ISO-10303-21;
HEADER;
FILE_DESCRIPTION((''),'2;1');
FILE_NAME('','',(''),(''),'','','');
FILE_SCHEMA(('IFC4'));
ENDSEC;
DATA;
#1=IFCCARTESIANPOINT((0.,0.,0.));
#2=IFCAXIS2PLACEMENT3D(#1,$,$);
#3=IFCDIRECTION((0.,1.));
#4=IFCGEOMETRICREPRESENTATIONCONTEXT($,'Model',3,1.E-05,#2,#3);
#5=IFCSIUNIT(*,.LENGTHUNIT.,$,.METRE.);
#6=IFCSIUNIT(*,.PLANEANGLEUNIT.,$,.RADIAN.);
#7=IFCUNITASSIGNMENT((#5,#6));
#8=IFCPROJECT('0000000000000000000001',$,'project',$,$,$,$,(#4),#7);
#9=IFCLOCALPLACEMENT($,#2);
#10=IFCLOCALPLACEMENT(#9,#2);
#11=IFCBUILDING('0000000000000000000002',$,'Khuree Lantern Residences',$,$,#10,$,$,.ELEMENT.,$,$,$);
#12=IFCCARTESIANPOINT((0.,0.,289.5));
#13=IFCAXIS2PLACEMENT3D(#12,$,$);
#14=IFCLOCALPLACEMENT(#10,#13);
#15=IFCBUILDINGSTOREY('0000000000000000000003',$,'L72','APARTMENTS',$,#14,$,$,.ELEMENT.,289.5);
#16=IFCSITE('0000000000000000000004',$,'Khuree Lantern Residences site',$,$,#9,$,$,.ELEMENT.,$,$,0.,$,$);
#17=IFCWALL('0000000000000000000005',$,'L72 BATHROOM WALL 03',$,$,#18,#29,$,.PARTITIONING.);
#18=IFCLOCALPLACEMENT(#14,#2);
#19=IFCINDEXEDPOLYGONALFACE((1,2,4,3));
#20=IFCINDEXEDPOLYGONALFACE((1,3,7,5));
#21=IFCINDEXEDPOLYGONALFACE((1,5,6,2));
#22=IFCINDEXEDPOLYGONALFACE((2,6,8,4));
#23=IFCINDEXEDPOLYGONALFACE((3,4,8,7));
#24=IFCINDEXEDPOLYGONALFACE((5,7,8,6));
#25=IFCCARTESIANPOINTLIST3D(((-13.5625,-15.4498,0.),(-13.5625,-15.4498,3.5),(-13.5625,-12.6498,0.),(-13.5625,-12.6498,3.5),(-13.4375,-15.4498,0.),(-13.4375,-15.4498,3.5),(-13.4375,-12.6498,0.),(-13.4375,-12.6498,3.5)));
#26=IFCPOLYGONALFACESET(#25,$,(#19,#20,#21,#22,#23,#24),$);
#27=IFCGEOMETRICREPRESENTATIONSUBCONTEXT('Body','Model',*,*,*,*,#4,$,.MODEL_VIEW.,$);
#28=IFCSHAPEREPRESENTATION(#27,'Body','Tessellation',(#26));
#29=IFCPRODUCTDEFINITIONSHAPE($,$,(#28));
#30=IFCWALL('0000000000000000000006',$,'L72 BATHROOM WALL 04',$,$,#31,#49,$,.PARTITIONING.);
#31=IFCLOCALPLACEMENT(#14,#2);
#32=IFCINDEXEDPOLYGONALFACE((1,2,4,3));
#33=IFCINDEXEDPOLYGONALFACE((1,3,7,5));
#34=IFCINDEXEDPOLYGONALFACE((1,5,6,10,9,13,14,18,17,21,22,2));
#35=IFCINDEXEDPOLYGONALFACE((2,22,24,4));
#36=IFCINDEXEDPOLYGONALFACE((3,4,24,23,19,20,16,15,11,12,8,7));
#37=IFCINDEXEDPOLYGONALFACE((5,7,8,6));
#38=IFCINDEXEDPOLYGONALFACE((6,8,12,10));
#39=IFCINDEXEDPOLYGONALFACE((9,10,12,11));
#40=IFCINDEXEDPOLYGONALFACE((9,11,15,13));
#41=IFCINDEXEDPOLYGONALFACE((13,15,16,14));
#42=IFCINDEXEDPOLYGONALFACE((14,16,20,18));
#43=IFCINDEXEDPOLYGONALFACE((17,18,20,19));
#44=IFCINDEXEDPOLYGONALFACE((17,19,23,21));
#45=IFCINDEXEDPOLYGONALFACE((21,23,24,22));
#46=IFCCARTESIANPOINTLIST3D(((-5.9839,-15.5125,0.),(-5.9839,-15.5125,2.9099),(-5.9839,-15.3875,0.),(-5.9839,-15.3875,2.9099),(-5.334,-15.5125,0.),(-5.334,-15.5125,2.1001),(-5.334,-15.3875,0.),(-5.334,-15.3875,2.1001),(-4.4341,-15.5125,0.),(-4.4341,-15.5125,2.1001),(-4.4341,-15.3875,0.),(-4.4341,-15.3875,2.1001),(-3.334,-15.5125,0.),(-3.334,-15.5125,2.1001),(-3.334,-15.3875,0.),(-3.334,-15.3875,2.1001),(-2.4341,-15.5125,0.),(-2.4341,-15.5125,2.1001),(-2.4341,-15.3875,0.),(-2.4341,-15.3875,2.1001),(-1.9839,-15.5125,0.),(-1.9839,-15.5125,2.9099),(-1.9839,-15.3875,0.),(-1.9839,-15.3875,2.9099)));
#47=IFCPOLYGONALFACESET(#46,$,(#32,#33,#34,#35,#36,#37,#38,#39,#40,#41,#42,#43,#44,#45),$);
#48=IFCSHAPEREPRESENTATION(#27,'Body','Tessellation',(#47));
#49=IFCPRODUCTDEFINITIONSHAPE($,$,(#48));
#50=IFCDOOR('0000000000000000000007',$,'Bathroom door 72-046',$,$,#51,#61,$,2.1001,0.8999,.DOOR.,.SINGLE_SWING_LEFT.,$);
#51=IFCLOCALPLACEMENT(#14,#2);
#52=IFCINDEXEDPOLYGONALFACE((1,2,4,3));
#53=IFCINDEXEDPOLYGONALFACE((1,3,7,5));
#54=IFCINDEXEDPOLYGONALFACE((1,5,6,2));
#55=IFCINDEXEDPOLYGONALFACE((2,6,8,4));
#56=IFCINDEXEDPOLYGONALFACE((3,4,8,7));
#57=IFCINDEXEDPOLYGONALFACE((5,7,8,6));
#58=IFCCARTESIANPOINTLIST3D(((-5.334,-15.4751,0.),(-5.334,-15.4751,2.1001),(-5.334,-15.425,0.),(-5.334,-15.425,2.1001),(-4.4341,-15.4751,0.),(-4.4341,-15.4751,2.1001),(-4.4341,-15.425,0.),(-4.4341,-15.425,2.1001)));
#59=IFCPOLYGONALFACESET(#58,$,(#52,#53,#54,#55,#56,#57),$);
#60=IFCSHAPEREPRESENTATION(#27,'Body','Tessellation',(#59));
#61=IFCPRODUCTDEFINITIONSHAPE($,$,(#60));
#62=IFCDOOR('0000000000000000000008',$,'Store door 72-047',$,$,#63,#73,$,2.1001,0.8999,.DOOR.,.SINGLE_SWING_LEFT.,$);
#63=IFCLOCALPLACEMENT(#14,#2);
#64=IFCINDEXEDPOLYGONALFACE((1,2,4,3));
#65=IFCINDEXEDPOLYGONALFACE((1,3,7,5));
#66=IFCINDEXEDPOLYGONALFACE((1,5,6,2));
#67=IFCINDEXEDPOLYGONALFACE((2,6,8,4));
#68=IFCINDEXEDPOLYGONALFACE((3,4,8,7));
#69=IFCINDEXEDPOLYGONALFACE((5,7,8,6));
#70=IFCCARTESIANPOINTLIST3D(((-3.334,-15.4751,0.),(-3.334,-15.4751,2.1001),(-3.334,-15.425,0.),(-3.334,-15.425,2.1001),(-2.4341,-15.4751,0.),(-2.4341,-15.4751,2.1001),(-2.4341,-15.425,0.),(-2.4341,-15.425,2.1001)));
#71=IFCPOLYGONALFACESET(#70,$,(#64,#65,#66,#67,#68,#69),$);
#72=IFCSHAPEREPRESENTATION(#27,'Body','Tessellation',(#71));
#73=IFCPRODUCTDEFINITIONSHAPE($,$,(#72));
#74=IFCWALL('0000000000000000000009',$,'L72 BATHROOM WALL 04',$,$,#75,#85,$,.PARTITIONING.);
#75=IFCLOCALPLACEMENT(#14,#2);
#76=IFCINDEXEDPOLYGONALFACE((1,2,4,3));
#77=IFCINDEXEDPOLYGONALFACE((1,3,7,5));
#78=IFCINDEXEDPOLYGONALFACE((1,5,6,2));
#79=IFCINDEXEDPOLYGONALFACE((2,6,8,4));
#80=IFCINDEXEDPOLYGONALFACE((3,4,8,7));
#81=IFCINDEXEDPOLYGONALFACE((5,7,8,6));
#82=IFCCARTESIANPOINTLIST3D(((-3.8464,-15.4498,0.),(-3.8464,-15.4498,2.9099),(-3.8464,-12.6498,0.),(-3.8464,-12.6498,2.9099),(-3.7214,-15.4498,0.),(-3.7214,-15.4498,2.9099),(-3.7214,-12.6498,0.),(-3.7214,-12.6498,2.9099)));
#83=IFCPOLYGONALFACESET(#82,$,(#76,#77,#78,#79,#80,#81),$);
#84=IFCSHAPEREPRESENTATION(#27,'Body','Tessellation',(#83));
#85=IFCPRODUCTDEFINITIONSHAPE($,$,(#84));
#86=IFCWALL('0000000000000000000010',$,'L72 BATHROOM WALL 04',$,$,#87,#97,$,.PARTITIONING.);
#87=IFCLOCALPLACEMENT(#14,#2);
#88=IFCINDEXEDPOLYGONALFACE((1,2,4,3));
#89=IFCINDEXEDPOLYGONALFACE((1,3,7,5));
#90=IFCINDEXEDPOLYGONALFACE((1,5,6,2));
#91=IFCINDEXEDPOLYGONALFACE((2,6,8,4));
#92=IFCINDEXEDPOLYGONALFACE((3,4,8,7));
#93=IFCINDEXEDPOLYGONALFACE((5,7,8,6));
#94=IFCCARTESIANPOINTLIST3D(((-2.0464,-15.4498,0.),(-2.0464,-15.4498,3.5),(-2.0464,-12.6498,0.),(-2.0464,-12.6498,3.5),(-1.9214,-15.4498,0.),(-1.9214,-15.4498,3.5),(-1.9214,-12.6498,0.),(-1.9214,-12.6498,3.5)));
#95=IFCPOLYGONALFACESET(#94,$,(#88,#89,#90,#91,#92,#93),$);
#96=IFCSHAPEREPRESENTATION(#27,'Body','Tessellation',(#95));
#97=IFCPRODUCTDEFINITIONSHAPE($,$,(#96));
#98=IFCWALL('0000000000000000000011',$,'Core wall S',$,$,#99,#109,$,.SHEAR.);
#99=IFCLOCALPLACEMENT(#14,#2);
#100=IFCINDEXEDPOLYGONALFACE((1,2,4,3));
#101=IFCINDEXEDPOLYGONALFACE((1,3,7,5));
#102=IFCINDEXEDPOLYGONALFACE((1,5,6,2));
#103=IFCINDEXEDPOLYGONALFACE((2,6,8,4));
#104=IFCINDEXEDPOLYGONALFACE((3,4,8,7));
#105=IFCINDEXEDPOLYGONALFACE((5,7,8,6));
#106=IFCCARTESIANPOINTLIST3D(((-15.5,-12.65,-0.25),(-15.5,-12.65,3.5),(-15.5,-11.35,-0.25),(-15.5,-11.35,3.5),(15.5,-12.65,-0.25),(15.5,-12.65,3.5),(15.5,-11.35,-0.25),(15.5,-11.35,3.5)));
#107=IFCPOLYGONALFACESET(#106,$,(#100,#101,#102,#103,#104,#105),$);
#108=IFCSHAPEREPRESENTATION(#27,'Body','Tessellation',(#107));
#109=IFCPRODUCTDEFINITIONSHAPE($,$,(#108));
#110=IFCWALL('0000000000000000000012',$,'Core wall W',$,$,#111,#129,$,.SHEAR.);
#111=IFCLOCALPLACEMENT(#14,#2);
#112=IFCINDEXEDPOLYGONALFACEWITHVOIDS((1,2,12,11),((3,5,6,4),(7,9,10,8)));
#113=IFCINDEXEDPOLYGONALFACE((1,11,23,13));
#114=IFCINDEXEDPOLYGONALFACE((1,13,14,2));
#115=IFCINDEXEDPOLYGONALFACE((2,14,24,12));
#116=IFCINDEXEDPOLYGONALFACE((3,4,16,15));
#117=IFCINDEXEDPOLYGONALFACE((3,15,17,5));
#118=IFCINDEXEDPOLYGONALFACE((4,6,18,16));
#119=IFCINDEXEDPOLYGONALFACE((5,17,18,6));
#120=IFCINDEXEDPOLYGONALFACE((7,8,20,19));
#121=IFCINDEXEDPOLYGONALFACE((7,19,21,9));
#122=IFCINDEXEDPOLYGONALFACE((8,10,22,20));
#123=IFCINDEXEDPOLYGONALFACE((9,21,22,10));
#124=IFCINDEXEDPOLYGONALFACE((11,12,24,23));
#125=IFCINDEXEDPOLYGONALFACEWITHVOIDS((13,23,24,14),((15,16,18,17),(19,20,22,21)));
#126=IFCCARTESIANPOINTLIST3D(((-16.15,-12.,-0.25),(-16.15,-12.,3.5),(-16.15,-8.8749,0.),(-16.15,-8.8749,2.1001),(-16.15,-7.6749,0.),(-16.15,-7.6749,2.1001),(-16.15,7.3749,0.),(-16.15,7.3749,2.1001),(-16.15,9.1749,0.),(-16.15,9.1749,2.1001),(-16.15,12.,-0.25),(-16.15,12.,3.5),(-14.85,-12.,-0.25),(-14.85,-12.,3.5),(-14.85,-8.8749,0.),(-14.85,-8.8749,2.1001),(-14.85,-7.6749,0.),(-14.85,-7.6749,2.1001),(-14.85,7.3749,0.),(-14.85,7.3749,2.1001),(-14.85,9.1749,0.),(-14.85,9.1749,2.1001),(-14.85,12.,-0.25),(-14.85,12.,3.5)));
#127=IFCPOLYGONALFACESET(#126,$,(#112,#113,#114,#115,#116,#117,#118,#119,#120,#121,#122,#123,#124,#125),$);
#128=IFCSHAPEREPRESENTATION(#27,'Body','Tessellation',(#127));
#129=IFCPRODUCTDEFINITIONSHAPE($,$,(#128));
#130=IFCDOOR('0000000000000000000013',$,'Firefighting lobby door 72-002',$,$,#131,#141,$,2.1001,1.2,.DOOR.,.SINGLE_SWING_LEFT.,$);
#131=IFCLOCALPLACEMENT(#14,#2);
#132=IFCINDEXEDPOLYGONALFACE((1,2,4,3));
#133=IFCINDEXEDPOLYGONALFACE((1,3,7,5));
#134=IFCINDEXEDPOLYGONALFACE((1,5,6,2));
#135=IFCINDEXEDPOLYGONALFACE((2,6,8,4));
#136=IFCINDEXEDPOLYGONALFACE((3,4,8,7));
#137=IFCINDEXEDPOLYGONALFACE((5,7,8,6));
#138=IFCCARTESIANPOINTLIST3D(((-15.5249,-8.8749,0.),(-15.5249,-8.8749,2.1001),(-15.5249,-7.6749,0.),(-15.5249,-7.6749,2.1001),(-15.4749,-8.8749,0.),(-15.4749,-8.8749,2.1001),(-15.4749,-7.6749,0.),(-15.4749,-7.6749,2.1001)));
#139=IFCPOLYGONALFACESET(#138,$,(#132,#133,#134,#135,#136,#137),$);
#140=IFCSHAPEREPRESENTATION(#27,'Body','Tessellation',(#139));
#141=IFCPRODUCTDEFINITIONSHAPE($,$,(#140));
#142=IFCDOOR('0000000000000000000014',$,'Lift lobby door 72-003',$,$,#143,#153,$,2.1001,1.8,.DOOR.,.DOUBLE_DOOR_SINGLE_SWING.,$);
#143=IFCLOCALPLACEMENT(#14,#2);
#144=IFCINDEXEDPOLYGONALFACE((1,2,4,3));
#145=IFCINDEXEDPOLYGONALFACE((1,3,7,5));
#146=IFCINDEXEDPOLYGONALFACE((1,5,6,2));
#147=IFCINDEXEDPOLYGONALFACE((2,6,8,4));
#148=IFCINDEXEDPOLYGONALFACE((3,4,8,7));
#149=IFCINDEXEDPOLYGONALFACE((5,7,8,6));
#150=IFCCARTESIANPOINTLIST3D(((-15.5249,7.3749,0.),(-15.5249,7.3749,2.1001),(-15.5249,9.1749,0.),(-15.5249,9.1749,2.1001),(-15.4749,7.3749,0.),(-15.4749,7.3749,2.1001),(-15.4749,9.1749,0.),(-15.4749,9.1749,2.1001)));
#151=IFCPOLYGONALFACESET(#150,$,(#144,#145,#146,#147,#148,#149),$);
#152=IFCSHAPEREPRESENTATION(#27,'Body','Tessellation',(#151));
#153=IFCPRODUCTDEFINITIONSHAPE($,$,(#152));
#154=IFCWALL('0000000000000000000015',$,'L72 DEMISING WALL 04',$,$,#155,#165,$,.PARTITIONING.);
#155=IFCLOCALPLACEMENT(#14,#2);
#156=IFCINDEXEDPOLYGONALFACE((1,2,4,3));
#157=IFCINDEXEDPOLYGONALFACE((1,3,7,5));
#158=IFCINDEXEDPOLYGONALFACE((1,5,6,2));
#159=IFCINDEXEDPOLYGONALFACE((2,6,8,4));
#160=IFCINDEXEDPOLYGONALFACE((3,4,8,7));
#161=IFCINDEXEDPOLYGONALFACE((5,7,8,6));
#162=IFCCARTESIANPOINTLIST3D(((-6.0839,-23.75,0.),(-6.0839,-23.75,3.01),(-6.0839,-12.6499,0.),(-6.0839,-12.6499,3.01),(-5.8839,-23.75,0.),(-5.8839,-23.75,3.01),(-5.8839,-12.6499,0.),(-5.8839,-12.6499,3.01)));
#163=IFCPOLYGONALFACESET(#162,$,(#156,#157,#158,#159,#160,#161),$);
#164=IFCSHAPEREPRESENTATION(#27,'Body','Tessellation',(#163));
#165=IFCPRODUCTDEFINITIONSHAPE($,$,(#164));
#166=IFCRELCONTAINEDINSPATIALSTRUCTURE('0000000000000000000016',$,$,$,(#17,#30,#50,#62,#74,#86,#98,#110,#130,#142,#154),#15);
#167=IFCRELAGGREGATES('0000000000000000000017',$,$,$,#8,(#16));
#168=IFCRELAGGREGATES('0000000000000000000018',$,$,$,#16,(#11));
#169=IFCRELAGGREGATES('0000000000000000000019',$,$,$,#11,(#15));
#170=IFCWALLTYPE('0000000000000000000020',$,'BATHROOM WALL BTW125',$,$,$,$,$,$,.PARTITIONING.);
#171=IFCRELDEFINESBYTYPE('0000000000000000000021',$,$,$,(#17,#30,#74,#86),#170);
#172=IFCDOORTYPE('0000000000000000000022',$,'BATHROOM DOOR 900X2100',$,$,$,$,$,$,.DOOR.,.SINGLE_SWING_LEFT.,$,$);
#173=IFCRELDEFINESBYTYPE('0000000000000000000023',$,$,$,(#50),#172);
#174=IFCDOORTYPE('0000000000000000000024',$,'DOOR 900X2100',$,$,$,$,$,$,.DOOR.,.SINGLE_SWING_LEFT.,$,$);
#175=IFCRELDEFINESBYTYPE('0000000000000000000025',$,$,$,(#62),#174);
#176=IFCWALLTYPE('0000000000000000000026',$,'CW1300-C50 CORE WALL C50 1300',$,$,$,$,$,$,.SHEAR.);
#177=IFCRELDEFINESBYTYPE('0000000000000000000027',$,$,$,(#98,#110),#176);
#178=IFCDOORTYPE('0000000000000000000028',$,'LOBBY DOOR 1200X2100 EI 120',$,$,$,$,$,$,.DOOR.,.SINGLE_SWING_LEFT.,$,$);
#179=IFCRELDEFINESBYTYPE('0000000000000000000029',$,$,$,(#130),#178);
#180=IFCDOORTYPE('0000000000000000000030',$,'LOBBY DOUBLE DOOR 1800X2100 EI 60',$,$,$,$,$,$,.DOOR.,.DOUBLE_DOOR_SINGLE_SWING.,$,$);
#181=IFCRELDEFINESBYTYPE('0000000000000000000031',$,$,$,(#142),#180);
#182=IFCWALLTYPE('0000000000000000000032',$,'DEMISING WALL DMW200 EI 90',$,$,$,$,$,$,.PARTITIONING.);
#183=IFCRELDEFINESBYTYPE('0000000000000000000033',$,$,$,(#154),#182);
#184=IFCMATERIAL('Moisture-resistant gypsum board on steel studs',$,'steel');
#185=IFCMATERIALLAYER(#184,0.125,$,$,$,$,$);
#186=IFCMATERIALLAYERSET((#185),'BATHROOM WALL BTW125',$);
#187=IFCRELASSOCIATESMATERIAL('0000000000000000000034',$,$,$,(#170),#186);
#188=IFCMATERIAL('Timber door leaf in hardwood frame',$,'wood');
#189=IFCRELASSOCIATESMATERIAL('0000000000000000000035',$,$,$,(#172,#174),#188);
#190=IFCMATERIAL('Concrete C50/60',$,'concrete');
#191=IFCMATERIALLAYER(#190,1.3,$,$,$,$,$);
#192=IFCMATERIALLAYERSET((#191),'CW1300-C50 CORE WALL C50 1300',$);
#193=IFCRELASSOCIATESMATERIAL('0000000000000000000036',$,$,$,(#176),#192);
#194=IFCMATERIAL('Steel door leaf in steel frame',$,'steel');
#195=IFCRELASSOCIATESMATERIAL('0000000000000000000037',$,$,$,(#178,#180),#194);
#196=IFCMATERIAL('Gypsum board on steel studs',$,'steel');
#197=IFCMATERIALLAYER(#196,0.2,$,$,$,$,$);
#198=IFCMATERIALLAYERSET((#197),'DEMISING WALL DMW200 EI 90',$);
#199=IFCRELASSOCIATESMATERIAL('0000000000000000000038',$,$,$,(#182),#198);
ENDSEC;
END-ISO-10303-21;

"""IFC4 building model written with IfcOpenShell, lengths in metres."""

from ifc_helpers import new_model, si_unit, direction, frame, frame_2d, origin, place, context, subcontext, project, spatial, rectangle, extrude, material, layer, layer_set, type_object, element, fill, save


model = new_model("IFC4")

# Units and contexts
model_context = context("Model", 3, precision=1e-05, world=origin(), true_north=direction((0.0, 1.0)))
body_context = subcontext(model_context, "Body", "Model", "MODEL_VIEW")
ifc_project = project(units=[si_unit("LENGTHUNIT", "METRE"), si_unit("PLANEANGLEUNIT", "RADIAN")], contexts=[model_context])

# Site, building, storey
site_placement = place(None, origin())
site = spatial("IfcSite", under=ifc_project, at=site_placement, Name="Khuree Lantern Residences site", CompositionType="ELEMENT", RefElevation=0.0)
building_placement = place(site_placement, origin())
building = spatial("IfcBuilding", under=site, at=building_placement, Name="Khuree Lantern Residences", CompositionType="ELEMENT")
storey_placement = place(building_placement, frame((0.0, 0.0, 289.5)))
storey = spatial("IfcBuildingStorey", under=building, at=storey_placement, Name="L72", Description="APARTMENTS", CompositionType="ELEMENT", Elevation=289.5)

# Wall
ifc_material_1 = material(Name="Moisture-resistant gypsum board on steel studs", Category="steel")
ifc_layer_1 = layer(ifc_material_1, 0.125)
ifc_layer_set_1 = layer_set([ifc_layer_1], Name="BATHROOM WALL BTW125")
wall_type_1 = type_object("IfcWallType", Name="BATHROOM WALL BTW125", PredefinedType="PARTITIONING", material=ifc_layer_set_1)
wall_1_placement = place(storey_placement, frame((-13.5, -12.6499, 0.0), z_axis=(0.0, 0.0, 1.0), x_axis=(0.0, -1.0, 0.0)))
element("IfcWall", 1, at=wall_1_placement, inside=storey, type_object=wall_type_1, Name="L72 BATHROOM WALL 03", PredefinedType="PARTITIONING", context=body_context, shape_type="SweptSolid", body=[
    extrude(rectangle(XDim=2.8, YDim=0.125, at=frame_2d((1.3999, 0.0))), origin(), (0.0, 0.0, 1.0), 3.5),
])

# Wall, openings, doors
wall_2_placement = place(storey_placement, frame((-5.9839, -15.45, 0.0), z_axis=(0.0, 0.0, 1.0), x_axis=(1.0, 0.0, 0.0)))
wall_2 = element("IfcWall", 2, at=wall_2_placement, inside=storey, type_object=wall_type_1, Name="L72 BATHROOM WALL 04", PredefinedType="PARTITIONING", context=body_context, shape_type="SweptSolid", body=[
    extrude(rectangle(XDim=4.0, YDim=0.125, at=frame_2d((2.0, 0.0))), origin(), (0.0, 0.0, 1.0), 2.9099),
])
opening_1_placement = place(wall_2_placement, frame((0.6499, 0.0, 0.0)))
opening_1 = element("IfcOpeningElement", 3, at=opening_1_placement, cuts=wall_2, PredefinedType="OPENING", context=body_context, shape_type="SweptSolid", body=[
    extrude(rectangle(XDim=0.8999, YDim=2.1001, at=frame_2d((0.45, 1.05))), frame((0.0, 0.0725, 0.0), z_axis=(0.0, -1.0, 0.0), x_axis=(1.0, 0.0, 0.0)), (0.0, 0.0, 1.0), 0.145),
])
opening_2_placement = place(wall_2_placement, frame((2.6499, 0.0, 0.0)))
opening_2 = element("IfcOpeningElement", 4, at=opening_2_placement, cuts=wall_2, PredefinedType="OPENING", context=body_context, shape_type="SweptSolid", body=[
    extrude(rectangle(XDim=0.8999, YDim=2.1001, at=frame_2d((0.45, 1.05))), frame((0.0, 0.0725, 0.0), z_axis=(0.0, -1.0, 0.0), x_axis=(1.0, 0.0, 0.0)), (0.0, 0.0, 1.0), 0.145),
])
ifc_material_2 = material(Name="Timber door leaf in hardwood frame", Category="wood")
door_type_1 = type_object("IfcDoorType", Name="BATHROOM DOOR 900X2100", OperationType="SINGLE_SWING_LEFT", PredefinedType="DOOR", material=ifc_material_2)
door_1_placement = place(opening_1_placement, origin())
door_1 = element("IfcDoor", 5, at=door_1_placement, inside=storey, type_object=door_type_1, Name="Bathroom door 72-046", OperationType="SINGLE_SWING_LEFT", OverallHeight=2.1001, OverallWidth=0.8999, PredefinedType="DOOR", context=body_context, shape_type="SweptSolid", body=[
    extrude(rectangle(XDim=0.8999, YDim=2.1001, at=frame_2d((0.45, 1.05))), frame((0.0, 0.0249, 0.0), z_axis=(0.0, -1.0, 0.0), x_axis=(1.0, 0.0, 0.0)), (0.0, 0.0, 1.0), 0.05),
])
fill(opening_1, door_1)
door_type_2 = type_object("IfcDoorType", Name="DOOR 900X2100", OperationType="SINGLE_SWING_LEFT", PredefinedType="DOOR", material=ifc_material_2)
door_2_placement = place(opening_2_placement, origin())
door_2 = element("IfcDoor", 6, at=door_2_placement, inside=storey, type_object=door_type_2, Name="Store door 72-047", OperationType="SINGLE_SWING_LEFT", OverallHeight=2.1001, OverallWidth=0.8999, PredefinedType="DOOR", context=body_context, shape_type="SweptSolid", body=[
    extrude(rectangle(XDim=0.8999, YDim=2.1001, at=frame_2d((0.45, 1.05))), frame((0.0, 0.0249, 0.0), z_axis=(0.0, -1.0, 0.0), x_axis=(1.0, 0.0, 0.0)), (0.0, 0.0, 1.0), 0.05),
])
fill(opening_2, door_2)

# Walls
wall_3_placement = place(storey_placement, frame((-3.7839, -12.6499, 0.0), z_axis=(0.0, 0.0, 1.0), x_axis=(0.0, -1.0, 0.0)))
element("IfcWall", 7, at=wall_3_placement, inside=storey, type_object=wall_type_1, Name="L72 BATHROOM WALL 04", PredefinedType="PARTITIONING", context=body_context, shape_type="SweptSolid", body=[
    extrude(rectangle(XDim=2.8, YDim=0.125, at=frame_2d((1.3999, 0.0))), origin(), (0.0, 0.0, 1.0), 2.9099),
])
wall_4_placement = place(storey_placement, frame((-1.9839, -12.6499, 0.0), z_axis=(0.0, 0.0, 1.0), x_axis=(0.0, -1.0, 0.0)))
element("IfcWall", 8, at=wall_4_placement, inside=storey, type_object=wall_type_1, Name="L72 BATHROOM WALL 04", PredefinedType="PARTITIONING", context=body_context, shape_type="SweptSolid", body=[
    extrude(rectangle(XDim=2.8, YDim=0.125, at=frame_2d((1.3999, 0.0))), origin(), (0.0, 0.0, 1.0), 3.5),
])
ifc_material_3 = material(Name="Concrete C50/60", Category="concrete")
ifc_layer_2 = layer(ifc_material_3, 1.3)
ifc_layer_set_2 = layer_set([ifc_layer_2], Name="CW1300-C50 CORE WALL C50 1300")
wall_type_2 = type_object("IfcWallType", Name="CW1300-C50 CORE WALL C50 1300", PredefinedType="SHEAR", material=ifc_layer_set_2)
wall_5_placement = place(storey_placement, frame((-15.5, -12.0, -0.25), z_axis=(0.0, 0.0, 1.0), x_axis=(1.0, 0.0, 0.0)))
element("IfcWall", 9, at=wall_5_placement, inside=storey, type_object=wall_type_2, Name="Core wall S", PredefinedType="SHEAR", context=body_context, shape_type="SweptSolid", body=[
    extrude(rectangle(XDim=31.0, YDim=1.3, at=frame_2d((15.5, 0.0))), origin(), (0.0, 0.0, 1.0), 3.75),
])

# Wall, openings, doors
wall_6_placement = place(storey_placement, frame((-15.5, -12.0, -0.25), z_axis=(0.0, 0.0, 1.0), x_axis=(0.0, 1.0, 0.0)))
wall_6 = element("IfcWall", 10, at=wall_6_placement, inside=storey, type_object=wall_type_2, Name="Core wall W", PredefinedType="SHEAR", context=body_context, shape_type="SweptSolid", body=[
    extrude(rectangle(XDim=24.0, YDim=1.3, at=frame_2d((12.0, 0.0))), origin(), (0.0, 0.0, 1.0), 3.75),
])
opening_3_placement = place(wall_6_placement, frame((3.125, 0.0, 0.25)))
opening_3 = element("IfcOpeningElement", 11, at=opening_3_placement, cuts=wall_6, PredefinedType="OPENING", context=body_context, shape_type="SweptSolid", body=[
    extrude(rectangle(XDim=1.2, YDim=2.1001, at=frame_2d((0.6001, 1.05))), frame((0.0, 0.6602, 0.0), z_axis=(0.0, -1.0, 0.0), x_axis=(1.0, 0.0, 0.0)), (0.0, 0.0, 1.0), 1.3201),
])
opening_4_placement = place(wall_6_placement, frame((19.375, 0.0, 0.25)))
opening_4 = element("IfcOpeningElement", 12, at=opening_4_placement, cuts=wall_6, PredefinedType="OPENING", context=body_context, shape_type="SweptSolid", body=[
    extrude(rectangle(XDim=1.8, YDim=2.1001, at=frame_2d((0.8999, 1.05))), frame((0.0, 0.6602, 0.0), z_axis=(0.0, -1.0, 0.0), x_axis=(1.0, 0.0, 0.0)), (0.0, 0.0, 1.0), 1.3201),
])
ifc_material_4 = material(Name="Steel door leaf in steel frame", Category="steel")
door_type_3 = type_object("IfcDoorType", Name="LOBBY DOOR 1200X2100 EI 120", OperationType="SINGLE_SWING_LEFT", PredefinedType="DOOR", material=ifc_material_4)
door_3_placement = place(opening_3_placement, origin())
door_3 = element("IfcDoor", 13, at=door_3_placement, inside=storey, type_object=door_type_3, Name="Firefighting lobby door 72-002", OperationType="SINGLE_SWING_LEFT", OverallHeight=2.1001, OverallWidth=1.2, PredefinedType="DOOR", context=body_context, shape_type="SweptSolid", body=[
    extrude(rectangle(XDim=1.2, YDim=2.1001, at=frame_2d((0.6001, 1.05))), frame((0.0, 0.0249, 0.0), z_axis=(0.0, -1.0, 0.0), x_axis=(1.0, 0.0, 0.0)), (0.0, 0.0, 1.0), 0.05),
])
fill(opening_3, door_3)
door_type_4 = type_object("IfcDoorType", Name="LOBBY DOUBLE DOOR 1800X2100 EI 60", OperationType="DOUBLE_DOOR_SINGLE_SWING", PredefinedType="DOOR", material=ifc_material_4)
door_4_placement = place(opening_4_placement, origin())
door_4 = element("IfcDoor", 14, at=door_4_placement, inside=storey, type_object=door_type_4, Name="Lift lobby door 72-003", OperationType="DOUBLE_DOOR_SINGLE_SWING", OverallHeight=2.1001, OverallWidth=1.8, PredefinedType="DOOR", context=body_context, shape_type="SweptSolid", body=[
    extrude(rectangle(XDim=1.8, YDim=2.1001, at=frame_2d((0.8999, 1.05))), frame((0.0, 0.0249, 0.0), z_axis=(0.0, -1.0, 0.0), x_axis=(1.0, 0.0, 0.0)), (0.0, 0.0, 1.0), 0.05),
])
fill(opening_4, door_4)

# Wall
ifc_material_5 = material(Name="Gypsum board on steel studs", Category="steel")
ifc_layer_3 = layer(ifc_material_5, 0.2)
ifc_layer_set_3 = layer_set([ifc_layer_3], Name="DEMISING WALL DMW200 EI 90")
wall_type_3 = type_object("IfcWallType", Name="DEMISING WALL DMW200 EI 90", PredefinedType="PARTITIONING", material=ifc_layer_set_3)
wall_7_placement = place(storey_placement, frame((-5.9839, -12.6499, 0.0), z_axis=(0.0, 0.0, 1.0), x_axis=(0.0, -1.0, 0.0)))
element("IfcWall", 15, at=wall_7_placement, inside=storey, type_object=wall_type_3, Name="L72 DEMISING WALL 04", PredefinedType="PARTITIONING", context=body_context, shape_type="SweptSolid", body=[
    extrude(rectangle(XDim=11.1001, YDim=0.2, at=frame_2d((5.55, 0.0))), origin(), (0.0, 0.0, 1.0), 3.01),
])

save(model, "model.ifc")
